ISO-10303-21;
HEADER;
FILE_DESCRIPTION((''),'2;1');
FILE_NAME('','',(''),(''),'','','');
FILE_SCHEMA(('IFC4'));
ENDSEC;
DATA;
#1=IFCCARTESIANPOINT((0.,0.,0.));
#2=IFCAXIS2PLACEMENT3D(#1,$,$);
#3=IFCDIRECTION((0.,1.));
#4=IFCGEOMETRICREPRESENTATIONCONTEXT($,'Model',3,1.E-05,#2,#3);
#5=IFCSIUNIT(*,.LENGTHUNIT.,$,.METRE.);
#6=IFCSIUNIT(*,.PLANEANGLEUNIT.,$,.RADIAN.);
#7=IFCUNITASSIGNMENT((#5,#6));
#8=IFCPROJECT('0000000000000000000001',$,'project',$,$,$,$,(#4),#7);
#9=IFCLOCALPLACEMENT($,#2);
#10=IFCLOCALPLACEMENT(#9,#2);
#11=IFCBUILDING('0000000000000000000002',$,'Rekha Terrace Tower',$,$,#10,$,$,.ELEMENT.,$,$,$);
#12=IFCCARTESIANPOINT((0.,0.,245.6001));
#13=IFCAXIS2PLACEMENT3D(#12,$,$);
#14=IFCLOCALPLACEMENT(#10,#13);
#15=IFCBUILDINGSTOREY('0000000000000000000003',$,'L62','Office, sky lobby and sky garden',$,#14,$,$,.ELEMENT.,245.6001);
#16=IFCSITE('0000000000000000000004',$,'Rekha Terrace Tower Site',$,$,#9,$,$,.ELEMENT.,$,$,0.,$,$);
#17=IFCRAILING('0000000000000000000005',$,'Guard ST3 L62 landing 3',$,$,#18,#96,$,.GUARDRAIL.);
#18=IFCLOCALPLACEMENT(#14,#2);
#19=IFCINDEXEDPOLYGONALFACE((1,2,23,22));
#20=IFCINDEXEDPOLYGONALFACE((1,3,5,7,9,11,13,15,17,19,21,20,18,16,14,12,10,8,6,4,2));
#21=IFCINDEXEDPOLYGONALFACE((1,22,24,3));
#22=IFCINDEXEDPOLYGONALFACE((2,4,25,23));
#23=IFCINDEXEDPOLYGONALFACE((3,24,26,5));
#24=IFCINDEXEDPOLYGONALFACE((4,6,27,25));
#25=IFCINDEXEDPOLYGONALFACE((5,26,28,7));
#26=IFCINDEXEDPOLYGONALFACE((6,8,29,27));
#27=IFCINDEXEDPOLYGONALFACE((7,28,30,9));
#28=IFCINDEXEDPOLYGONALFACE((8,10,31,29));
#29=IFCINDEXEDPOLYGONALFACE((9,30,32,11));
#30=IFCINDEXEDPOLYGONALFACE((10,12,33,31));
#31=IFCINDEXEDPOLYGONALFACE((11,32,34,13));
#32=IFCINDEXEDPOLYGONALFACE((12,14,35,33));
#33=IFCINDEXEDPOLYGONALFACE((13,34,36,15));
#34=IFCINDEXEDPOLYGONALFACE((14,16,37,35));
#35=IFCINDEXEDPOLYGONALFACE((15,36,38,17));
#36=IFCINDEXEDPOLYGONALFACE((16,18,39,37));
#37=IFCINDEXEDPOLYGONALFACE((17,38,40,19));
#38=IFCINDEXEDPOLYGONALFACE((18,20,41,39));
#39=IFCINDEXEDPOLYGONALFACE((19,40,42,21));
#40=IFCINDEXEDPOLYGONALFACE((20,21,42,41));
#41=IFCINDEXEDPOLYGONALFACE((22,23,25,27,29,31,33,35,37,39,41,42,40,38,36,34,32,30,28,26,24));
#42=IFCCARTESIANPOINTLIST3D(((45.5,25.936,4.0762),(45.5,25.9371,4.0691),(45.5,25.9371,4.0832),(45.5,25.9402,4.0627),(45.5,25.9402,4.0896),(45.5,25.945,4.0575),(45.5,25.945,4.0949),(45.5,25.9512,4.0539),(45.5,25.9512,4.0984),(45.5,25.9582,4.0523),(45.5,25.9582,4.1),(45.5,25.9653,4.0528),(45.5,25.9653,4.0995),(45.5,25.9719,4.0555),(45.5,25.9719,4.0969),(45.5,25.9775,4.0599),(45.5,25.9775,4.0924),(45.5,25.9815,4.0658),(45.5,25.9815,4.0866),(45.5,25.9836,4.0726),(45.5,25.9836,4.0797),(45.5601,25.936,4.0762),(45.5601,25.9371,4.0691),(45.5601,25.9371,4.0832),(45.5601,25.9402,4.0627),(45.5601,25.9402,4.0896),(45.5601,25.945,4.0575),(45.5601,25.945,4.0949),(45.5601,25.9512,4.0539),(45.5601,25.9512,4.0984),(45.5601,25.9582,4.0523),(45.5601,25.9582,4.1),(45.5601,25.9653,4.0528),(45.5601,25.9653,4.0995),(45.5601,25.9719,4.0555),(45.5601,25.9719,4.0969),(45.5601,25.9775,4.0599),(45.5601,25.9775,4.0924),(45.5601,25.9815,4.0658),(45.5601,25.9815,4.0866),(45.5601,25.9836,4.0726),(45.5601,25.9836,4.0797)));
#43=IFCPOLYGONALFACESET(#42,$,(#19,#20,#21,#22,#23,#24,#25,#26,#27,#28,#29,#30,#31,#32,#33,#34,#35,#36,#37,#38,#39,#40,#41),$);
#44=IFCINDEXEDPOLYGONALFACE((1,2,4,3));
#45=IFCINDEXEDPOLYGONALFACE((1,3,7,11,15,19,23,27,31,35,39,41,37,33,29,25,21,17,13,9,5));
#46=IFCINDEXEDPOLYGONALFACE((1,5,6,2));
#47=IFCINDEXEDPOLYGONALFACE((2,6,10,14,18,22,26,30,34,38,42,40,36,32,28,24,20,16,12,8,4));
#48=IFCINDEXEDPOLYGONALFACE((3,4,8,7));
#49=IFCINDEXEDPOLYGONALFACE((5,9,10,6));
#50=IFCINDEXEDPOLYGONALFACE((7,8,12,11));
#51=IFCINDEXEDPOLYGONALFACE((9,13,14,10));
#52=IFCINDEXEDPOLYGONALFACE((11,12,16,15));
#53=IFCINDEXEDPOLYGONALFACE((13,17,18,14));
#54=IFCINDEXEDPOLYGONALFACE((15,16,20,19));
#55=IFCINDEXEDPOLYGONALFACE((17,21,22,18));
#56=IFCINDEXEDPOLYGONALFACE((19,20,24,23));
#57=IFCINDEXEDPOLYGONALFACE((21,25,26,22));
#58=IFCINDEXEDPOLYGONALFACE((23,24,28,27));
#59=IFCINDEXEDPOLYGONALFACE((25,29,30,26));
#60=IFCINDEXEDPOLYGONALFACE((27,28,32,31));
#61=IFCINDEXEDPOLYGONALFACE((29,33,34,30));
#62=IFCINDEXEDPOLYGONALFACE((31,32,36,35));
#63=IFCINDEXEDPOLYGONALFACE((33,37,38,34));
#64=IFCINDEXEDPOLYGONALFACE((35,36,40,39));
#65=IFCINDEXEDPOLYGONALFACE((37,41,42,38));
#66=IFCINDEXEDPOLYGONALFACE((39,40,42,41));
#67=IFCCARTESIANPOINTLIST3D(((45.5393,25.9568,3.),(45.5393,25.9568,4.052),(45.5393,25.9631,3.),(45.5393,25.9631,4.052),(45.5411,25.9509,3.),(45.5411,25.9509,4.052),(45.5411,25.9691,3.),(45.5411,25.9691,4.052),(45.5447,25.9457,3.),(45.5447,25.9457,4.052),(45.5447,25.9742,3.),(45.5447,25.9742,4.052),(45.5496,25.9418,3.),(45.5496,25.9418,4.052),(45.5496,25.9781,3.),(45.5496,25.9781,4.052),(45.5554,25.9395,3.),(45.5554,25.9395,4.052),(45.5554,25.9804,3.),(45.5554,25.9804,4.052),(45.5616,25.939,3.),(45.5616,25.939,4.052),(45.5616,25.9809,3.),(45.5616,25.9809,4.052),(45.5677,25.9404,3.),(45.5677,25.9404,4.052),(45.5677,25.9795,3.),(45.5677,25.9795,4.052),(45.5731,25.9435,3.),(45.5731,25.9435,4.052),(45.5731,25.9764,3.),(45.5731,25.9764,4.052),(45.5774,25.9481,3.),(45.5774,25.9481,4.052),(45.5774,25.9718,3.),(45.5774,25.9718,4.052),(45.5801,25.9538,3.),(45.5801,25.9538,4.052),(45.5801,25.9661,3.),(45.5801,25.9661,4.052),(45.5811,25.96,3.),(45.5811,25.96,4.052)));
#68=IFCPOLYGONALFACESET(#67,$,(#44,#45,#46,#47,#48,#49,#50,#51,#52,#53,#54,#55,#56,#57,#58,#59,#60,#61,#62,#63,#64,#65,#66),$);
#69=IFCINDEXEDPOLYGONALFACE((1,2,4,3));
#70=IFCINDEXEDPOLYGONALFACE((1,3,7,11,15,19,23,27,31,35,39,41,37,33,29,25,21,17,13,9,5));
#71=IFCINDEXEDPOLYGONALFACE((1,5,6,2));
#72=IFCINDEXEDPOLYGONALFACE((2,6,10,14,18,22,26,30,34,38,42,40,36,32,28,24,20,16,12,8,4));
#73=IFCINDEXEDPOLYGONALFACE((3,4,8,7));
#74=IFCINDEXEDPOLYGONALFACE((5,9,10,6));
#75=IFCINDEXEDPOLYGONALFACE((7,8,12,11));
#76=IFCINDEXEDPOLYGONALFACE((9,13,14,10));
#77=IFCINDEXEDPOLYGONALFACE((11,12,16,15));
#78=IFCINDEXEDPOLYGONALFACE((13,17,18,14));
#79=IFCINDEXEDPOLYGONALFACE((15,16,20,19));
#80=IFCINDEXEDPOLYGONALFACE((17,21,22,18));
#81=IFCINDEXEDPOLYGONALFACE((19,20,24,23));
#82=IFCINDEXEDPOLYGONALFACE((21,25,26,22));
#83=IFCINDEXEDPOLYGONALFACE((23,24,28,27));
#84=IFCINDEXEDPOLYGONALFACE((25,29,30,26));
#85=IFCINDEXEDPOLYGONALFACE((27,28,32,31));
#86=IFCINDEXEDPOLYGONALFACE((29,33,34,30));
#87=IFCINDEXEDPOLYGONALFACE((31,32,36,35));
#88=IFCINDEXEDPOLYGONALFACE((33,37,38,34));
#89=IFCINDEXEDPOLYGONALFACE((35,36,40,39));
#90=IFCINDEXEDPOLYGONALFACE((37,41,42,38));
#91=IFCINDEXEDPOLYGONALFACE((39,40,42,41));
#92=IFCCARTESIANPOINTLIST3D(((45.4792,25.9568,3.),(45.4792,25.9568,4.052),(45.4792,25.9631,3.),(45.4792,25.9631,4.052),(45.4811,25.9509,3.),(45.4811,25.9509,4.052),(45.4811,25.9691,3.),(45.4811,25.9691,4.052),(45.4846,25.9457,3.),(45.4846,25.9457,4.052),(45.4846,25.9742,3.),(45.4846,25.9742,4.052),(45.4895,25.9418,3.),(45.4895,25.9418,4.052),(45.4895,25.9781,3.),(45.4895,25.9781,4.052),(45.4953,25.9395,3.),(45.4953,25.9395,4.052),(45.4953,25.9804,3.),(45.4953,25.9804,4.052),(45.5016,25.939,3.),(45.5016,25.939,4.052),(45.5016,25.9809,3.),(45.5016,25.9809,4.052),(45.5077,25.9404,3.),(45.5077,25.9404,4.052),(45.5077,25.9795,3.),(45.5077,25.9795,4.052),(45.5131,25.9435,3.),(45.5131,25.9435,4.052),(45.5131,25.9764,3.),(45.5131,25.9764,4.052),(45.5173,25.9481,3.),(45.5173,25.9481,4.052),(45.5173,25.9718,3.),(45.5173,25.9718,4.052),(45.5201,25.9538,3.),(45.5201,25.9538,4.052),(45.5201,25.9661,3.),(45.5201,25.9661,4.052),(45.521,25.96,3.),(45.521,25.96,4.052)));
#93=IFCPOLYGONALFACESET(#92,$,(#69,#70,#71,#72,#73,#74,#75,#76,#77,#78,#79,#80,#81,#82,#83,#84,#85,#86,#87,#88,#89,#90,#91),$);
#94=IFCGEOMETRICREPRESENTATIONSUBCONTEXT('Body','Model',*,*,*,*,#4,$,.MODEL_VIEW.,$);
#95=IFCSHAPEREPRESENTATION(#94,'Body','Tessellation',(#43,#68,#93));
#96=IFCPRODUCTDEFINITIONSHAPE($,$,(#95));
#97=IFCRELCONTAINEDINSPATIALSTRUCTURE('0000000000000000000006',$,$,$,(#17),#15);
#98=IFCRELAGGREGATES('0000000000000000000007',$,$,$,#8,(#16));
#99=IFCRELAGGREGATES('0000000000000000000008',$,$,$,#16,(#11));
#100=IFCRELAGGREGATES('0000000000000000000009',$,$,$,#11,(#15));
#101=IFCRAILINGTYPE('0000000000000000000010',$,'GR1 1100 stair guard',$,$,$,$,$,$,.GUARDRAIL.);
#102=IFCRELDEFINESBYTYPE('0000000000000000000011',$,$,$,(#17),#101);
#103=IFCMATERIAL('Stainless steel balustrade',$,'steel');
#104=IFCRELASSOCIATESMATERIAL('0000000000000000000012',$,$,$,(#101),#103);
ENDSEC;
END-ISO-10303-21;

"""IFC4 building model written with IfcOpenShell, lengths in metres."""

from ifc_helpers import new_model, si_unit, direction, frame, origin, origin_2d, place, context, subcontext, project, spatial, circle, extrude, material, type_object, element, save


model = new_model("IFC4")

# Units and contexts
model_context = context("Model", 3, precision=1e-05, world=origin(), true_north=direction((0.0, 1.0)))
body_context = subcontext(model_context, "Body", "Model", "MODEL_VIEW")
ifc_project = project(units=[si_unit("LENGTHUNIT", "METRE"), si_unit("PLANEANGLEUNIT", "RADIAN")], contexts=[model_context])

# Site, building, storey
site_placement = place(None, origin())
site = spatial("IfcSite", under=ifc_project, at=site_placement, Name="Rekha Terrace Tower Site", CompositionType="ELEMENT", RefElevation=0.0)
building_placement = place(site_placement, origin())
building = spatial("IfcBuilding", under=site, at=building_placement, Name="Rekha Terrace Tower", CompositionType="ELEMENT")
storey_placement = place(building_placement, frame((0.0, 0.0, 245.6001)))
storey = spatial("IfcBuildingStorey", under=building, at=storey_placement, Name="L62", Description="Office, sky lobby and sky garden", CompositionType="ELEMENT", Elevation=245.6001)

# Railing
ifc_material_1 = material(Name="Stainless steel balustrade", Category="steel")
railing_type_1 = type_object("IfcRailingType", Name="GR1 1100 stair guard", PredefinedType="GUARDRAIL", material=ifc_material_1)
railing_1_placement = place(storey_placement, frame((45.5601, 25.96, 3.0)))
element("IfcRailing", 1, at=railing_1_placement, inside=storey, type_object=railing_type_1, Name="Guard ST3 L62 landing 3", PredefinedType="GUARDRAIL", context=body_context, shape_type="SweptSolid", body=[
    extrude(circle(Radius=0.0239, at=origin_2d()), frame((0.0, 0.0, 1.0762), z_axis=(-1.0, 0.0, 0.0), x_axis=(0.0, -1.0, 0.0)), (0.0, 0.0, 1.0), 0.0601),
    extrude(circle(Radius=0.021, at=origin_2d()), origin(), (0.0, 0.0, 1.0), 1.052),
    extrude(circle(Radius=0.021, at=origin_2d()), frame((-0.0601, 0.0, 0.0)), (0.0, 0.0, 1.0), 1.052),
])

save(model, "model.ifc")
